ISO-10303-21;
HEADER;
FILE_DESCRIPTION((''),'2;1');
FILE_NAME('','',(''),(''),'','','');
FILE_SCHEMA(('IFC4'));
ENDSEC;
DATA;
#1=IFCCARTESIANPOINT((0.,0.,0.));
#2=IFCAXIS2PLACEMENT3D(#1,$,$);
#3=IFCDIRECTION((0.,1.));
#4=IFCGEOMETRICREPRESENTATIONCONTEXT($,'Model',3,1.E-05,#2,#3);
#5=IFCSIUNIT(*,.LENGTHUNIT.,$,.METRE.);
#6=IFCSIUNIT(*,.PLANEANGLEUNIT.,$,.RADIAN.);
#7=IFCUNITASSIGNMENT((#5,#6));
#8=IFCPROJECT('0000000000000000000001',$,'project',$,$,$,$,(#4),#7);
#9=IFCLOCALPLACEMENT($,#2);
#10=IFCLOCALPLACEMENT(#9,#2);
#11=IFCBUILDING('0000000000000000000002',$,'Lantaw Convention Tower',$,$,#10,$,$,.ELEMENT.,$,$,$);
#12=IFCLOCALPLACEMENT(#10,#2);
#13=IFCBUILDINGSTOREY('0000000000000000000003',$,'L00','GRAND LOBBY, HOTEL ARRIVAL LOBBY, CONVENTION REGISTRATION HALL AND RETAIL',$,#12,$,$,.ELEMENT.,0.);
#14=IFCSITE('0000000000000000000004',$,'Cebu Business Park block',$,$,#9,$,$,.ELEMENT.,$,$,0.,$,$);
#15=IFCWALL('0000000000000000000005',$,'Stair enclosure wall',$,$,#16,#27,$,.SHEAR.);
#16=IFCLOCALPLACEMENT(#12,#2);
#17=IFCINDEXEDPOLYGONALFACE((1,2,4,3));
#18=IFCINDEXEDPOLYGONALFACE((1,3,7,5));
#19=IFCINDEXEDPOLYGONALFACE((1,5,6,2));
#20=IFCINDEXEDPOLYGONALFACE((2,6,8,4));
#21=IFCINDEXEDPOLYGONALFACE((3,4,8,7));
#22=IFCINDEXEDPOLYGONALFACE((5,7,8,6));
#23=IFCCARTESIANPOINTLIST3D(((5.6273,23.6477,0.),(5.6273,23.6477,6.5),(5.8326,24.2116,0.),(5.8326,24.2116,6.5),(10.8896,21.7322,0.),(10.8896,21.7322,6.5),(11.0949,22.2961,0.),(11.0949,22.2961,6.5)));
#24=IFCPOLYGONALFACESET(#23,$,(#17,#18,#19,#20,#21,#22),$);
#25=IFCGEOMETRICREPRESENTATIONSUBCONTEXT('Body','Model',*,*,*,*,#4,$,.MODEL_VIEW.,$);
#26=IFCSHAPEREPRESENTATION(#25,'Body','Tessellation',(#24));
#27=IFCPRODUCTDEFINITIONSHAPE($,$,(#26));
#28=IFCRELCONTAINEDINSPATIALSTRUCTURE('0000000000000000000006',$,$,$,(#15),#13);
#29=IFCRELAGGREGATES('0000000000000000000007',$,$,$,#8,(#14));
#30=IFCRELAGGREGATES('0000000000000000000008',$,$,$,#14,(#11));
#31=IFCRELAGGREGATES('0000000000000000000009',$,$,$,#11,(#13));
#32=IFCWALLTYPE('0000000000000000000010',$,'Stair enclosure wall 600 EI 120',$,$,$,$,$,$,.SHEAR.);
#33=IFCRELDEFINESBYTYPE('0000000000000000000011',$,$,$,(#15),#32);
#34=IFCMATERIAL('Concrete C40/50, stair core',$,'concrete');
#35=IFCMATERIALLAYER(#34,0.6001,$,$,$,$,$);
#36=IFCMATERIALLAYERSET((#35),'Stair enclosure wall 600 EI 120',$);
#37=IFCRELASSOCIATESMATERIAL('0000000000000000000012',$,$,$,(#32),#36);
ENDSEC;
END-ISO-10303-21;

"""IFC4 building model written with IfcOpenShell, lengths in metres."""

from ifc_helpers import new_model, si_unit, direction, frame, frame_2d, origin, place, context, subcontext, project, spatial, rectangle, extrude, material, layer, layer_set, type_object, element, save


model = new_model("IFC4")

# Units and contexts
model_context = context("Model", 3, precision=1e-05, world=origin(), true_north=direction((0.0, 1.0)))
body_context = subcontext(model_context, "Body", "Model", "MODEL_VIEW")
ifc_project = project(units=[si_unit("LENGTHUNIT", "METRE"), si_unit("PLANEANGLEUNIT", "RADIAN")], contexts=[model_context])

# Site, building, storey
site_placement = place(None, origin())
site = spatial("IfcSite", under=ifc_project, at=site_placement, Name="Cebu Business Park block", CompositionType="ELEMENT", RefElevation=0.0)
building_placement = place(site_placement, origin())
building = spatial("IfcBuilding", under=site, at=building_placement, Name="Lantaw Convention Tower", CompositionType="ELEMENT")
storey_placement = place(building_placement, origin())
storey = spatial("IfcBuildingStorey", under=building, at=storey_placement, Name="L00", Description="GRAND LOBBY, HOTEL ARRIVAL LOBBY, CONVENTION REGISTRATION HALL AND RETAIL", CompositionType="ELEMENT", Elevation=0.0)

# Shared definitions
ifc_material_1 = material(Name="Concrete C40/50, stair core", Category="concrete")
ifc_layer_1 = layer(ifc_material_1, 0.6001)
ifc_layer_set_1 = layer_set([ifc_layer_1], Name="Stair enclosure wall 600 EI 120")
wall_type_1 = type_object("IfcWallType", Name="Stair enclosure wall 600 EI 120", PredefinedType="SHEAR", material=ifc_layer_set_1)

# Wall
wall_1_placement = place(storey_placement, frame((5.73, 23.9297, 0.0), z_axis=(0.0, 0.0, 1.0), x_axis=(0.939679, -0.342058, 0.0)))
element("IfcWall", 1, at=wall_1_placement, inside=storey, type_object=wall_type_1, Name="Stair enclosure wall", PredefinedType="SHEAR", context=body_context, shape_type="SweptSolid", body=[
    extrude(rectangle(XDim=5.6001, YDim=0.6001, at=frame_2d((2.8, 0.0))), origin(), (0.0, 0.0, 1.0), 6.5),
])

save(model, "model.ifc")
